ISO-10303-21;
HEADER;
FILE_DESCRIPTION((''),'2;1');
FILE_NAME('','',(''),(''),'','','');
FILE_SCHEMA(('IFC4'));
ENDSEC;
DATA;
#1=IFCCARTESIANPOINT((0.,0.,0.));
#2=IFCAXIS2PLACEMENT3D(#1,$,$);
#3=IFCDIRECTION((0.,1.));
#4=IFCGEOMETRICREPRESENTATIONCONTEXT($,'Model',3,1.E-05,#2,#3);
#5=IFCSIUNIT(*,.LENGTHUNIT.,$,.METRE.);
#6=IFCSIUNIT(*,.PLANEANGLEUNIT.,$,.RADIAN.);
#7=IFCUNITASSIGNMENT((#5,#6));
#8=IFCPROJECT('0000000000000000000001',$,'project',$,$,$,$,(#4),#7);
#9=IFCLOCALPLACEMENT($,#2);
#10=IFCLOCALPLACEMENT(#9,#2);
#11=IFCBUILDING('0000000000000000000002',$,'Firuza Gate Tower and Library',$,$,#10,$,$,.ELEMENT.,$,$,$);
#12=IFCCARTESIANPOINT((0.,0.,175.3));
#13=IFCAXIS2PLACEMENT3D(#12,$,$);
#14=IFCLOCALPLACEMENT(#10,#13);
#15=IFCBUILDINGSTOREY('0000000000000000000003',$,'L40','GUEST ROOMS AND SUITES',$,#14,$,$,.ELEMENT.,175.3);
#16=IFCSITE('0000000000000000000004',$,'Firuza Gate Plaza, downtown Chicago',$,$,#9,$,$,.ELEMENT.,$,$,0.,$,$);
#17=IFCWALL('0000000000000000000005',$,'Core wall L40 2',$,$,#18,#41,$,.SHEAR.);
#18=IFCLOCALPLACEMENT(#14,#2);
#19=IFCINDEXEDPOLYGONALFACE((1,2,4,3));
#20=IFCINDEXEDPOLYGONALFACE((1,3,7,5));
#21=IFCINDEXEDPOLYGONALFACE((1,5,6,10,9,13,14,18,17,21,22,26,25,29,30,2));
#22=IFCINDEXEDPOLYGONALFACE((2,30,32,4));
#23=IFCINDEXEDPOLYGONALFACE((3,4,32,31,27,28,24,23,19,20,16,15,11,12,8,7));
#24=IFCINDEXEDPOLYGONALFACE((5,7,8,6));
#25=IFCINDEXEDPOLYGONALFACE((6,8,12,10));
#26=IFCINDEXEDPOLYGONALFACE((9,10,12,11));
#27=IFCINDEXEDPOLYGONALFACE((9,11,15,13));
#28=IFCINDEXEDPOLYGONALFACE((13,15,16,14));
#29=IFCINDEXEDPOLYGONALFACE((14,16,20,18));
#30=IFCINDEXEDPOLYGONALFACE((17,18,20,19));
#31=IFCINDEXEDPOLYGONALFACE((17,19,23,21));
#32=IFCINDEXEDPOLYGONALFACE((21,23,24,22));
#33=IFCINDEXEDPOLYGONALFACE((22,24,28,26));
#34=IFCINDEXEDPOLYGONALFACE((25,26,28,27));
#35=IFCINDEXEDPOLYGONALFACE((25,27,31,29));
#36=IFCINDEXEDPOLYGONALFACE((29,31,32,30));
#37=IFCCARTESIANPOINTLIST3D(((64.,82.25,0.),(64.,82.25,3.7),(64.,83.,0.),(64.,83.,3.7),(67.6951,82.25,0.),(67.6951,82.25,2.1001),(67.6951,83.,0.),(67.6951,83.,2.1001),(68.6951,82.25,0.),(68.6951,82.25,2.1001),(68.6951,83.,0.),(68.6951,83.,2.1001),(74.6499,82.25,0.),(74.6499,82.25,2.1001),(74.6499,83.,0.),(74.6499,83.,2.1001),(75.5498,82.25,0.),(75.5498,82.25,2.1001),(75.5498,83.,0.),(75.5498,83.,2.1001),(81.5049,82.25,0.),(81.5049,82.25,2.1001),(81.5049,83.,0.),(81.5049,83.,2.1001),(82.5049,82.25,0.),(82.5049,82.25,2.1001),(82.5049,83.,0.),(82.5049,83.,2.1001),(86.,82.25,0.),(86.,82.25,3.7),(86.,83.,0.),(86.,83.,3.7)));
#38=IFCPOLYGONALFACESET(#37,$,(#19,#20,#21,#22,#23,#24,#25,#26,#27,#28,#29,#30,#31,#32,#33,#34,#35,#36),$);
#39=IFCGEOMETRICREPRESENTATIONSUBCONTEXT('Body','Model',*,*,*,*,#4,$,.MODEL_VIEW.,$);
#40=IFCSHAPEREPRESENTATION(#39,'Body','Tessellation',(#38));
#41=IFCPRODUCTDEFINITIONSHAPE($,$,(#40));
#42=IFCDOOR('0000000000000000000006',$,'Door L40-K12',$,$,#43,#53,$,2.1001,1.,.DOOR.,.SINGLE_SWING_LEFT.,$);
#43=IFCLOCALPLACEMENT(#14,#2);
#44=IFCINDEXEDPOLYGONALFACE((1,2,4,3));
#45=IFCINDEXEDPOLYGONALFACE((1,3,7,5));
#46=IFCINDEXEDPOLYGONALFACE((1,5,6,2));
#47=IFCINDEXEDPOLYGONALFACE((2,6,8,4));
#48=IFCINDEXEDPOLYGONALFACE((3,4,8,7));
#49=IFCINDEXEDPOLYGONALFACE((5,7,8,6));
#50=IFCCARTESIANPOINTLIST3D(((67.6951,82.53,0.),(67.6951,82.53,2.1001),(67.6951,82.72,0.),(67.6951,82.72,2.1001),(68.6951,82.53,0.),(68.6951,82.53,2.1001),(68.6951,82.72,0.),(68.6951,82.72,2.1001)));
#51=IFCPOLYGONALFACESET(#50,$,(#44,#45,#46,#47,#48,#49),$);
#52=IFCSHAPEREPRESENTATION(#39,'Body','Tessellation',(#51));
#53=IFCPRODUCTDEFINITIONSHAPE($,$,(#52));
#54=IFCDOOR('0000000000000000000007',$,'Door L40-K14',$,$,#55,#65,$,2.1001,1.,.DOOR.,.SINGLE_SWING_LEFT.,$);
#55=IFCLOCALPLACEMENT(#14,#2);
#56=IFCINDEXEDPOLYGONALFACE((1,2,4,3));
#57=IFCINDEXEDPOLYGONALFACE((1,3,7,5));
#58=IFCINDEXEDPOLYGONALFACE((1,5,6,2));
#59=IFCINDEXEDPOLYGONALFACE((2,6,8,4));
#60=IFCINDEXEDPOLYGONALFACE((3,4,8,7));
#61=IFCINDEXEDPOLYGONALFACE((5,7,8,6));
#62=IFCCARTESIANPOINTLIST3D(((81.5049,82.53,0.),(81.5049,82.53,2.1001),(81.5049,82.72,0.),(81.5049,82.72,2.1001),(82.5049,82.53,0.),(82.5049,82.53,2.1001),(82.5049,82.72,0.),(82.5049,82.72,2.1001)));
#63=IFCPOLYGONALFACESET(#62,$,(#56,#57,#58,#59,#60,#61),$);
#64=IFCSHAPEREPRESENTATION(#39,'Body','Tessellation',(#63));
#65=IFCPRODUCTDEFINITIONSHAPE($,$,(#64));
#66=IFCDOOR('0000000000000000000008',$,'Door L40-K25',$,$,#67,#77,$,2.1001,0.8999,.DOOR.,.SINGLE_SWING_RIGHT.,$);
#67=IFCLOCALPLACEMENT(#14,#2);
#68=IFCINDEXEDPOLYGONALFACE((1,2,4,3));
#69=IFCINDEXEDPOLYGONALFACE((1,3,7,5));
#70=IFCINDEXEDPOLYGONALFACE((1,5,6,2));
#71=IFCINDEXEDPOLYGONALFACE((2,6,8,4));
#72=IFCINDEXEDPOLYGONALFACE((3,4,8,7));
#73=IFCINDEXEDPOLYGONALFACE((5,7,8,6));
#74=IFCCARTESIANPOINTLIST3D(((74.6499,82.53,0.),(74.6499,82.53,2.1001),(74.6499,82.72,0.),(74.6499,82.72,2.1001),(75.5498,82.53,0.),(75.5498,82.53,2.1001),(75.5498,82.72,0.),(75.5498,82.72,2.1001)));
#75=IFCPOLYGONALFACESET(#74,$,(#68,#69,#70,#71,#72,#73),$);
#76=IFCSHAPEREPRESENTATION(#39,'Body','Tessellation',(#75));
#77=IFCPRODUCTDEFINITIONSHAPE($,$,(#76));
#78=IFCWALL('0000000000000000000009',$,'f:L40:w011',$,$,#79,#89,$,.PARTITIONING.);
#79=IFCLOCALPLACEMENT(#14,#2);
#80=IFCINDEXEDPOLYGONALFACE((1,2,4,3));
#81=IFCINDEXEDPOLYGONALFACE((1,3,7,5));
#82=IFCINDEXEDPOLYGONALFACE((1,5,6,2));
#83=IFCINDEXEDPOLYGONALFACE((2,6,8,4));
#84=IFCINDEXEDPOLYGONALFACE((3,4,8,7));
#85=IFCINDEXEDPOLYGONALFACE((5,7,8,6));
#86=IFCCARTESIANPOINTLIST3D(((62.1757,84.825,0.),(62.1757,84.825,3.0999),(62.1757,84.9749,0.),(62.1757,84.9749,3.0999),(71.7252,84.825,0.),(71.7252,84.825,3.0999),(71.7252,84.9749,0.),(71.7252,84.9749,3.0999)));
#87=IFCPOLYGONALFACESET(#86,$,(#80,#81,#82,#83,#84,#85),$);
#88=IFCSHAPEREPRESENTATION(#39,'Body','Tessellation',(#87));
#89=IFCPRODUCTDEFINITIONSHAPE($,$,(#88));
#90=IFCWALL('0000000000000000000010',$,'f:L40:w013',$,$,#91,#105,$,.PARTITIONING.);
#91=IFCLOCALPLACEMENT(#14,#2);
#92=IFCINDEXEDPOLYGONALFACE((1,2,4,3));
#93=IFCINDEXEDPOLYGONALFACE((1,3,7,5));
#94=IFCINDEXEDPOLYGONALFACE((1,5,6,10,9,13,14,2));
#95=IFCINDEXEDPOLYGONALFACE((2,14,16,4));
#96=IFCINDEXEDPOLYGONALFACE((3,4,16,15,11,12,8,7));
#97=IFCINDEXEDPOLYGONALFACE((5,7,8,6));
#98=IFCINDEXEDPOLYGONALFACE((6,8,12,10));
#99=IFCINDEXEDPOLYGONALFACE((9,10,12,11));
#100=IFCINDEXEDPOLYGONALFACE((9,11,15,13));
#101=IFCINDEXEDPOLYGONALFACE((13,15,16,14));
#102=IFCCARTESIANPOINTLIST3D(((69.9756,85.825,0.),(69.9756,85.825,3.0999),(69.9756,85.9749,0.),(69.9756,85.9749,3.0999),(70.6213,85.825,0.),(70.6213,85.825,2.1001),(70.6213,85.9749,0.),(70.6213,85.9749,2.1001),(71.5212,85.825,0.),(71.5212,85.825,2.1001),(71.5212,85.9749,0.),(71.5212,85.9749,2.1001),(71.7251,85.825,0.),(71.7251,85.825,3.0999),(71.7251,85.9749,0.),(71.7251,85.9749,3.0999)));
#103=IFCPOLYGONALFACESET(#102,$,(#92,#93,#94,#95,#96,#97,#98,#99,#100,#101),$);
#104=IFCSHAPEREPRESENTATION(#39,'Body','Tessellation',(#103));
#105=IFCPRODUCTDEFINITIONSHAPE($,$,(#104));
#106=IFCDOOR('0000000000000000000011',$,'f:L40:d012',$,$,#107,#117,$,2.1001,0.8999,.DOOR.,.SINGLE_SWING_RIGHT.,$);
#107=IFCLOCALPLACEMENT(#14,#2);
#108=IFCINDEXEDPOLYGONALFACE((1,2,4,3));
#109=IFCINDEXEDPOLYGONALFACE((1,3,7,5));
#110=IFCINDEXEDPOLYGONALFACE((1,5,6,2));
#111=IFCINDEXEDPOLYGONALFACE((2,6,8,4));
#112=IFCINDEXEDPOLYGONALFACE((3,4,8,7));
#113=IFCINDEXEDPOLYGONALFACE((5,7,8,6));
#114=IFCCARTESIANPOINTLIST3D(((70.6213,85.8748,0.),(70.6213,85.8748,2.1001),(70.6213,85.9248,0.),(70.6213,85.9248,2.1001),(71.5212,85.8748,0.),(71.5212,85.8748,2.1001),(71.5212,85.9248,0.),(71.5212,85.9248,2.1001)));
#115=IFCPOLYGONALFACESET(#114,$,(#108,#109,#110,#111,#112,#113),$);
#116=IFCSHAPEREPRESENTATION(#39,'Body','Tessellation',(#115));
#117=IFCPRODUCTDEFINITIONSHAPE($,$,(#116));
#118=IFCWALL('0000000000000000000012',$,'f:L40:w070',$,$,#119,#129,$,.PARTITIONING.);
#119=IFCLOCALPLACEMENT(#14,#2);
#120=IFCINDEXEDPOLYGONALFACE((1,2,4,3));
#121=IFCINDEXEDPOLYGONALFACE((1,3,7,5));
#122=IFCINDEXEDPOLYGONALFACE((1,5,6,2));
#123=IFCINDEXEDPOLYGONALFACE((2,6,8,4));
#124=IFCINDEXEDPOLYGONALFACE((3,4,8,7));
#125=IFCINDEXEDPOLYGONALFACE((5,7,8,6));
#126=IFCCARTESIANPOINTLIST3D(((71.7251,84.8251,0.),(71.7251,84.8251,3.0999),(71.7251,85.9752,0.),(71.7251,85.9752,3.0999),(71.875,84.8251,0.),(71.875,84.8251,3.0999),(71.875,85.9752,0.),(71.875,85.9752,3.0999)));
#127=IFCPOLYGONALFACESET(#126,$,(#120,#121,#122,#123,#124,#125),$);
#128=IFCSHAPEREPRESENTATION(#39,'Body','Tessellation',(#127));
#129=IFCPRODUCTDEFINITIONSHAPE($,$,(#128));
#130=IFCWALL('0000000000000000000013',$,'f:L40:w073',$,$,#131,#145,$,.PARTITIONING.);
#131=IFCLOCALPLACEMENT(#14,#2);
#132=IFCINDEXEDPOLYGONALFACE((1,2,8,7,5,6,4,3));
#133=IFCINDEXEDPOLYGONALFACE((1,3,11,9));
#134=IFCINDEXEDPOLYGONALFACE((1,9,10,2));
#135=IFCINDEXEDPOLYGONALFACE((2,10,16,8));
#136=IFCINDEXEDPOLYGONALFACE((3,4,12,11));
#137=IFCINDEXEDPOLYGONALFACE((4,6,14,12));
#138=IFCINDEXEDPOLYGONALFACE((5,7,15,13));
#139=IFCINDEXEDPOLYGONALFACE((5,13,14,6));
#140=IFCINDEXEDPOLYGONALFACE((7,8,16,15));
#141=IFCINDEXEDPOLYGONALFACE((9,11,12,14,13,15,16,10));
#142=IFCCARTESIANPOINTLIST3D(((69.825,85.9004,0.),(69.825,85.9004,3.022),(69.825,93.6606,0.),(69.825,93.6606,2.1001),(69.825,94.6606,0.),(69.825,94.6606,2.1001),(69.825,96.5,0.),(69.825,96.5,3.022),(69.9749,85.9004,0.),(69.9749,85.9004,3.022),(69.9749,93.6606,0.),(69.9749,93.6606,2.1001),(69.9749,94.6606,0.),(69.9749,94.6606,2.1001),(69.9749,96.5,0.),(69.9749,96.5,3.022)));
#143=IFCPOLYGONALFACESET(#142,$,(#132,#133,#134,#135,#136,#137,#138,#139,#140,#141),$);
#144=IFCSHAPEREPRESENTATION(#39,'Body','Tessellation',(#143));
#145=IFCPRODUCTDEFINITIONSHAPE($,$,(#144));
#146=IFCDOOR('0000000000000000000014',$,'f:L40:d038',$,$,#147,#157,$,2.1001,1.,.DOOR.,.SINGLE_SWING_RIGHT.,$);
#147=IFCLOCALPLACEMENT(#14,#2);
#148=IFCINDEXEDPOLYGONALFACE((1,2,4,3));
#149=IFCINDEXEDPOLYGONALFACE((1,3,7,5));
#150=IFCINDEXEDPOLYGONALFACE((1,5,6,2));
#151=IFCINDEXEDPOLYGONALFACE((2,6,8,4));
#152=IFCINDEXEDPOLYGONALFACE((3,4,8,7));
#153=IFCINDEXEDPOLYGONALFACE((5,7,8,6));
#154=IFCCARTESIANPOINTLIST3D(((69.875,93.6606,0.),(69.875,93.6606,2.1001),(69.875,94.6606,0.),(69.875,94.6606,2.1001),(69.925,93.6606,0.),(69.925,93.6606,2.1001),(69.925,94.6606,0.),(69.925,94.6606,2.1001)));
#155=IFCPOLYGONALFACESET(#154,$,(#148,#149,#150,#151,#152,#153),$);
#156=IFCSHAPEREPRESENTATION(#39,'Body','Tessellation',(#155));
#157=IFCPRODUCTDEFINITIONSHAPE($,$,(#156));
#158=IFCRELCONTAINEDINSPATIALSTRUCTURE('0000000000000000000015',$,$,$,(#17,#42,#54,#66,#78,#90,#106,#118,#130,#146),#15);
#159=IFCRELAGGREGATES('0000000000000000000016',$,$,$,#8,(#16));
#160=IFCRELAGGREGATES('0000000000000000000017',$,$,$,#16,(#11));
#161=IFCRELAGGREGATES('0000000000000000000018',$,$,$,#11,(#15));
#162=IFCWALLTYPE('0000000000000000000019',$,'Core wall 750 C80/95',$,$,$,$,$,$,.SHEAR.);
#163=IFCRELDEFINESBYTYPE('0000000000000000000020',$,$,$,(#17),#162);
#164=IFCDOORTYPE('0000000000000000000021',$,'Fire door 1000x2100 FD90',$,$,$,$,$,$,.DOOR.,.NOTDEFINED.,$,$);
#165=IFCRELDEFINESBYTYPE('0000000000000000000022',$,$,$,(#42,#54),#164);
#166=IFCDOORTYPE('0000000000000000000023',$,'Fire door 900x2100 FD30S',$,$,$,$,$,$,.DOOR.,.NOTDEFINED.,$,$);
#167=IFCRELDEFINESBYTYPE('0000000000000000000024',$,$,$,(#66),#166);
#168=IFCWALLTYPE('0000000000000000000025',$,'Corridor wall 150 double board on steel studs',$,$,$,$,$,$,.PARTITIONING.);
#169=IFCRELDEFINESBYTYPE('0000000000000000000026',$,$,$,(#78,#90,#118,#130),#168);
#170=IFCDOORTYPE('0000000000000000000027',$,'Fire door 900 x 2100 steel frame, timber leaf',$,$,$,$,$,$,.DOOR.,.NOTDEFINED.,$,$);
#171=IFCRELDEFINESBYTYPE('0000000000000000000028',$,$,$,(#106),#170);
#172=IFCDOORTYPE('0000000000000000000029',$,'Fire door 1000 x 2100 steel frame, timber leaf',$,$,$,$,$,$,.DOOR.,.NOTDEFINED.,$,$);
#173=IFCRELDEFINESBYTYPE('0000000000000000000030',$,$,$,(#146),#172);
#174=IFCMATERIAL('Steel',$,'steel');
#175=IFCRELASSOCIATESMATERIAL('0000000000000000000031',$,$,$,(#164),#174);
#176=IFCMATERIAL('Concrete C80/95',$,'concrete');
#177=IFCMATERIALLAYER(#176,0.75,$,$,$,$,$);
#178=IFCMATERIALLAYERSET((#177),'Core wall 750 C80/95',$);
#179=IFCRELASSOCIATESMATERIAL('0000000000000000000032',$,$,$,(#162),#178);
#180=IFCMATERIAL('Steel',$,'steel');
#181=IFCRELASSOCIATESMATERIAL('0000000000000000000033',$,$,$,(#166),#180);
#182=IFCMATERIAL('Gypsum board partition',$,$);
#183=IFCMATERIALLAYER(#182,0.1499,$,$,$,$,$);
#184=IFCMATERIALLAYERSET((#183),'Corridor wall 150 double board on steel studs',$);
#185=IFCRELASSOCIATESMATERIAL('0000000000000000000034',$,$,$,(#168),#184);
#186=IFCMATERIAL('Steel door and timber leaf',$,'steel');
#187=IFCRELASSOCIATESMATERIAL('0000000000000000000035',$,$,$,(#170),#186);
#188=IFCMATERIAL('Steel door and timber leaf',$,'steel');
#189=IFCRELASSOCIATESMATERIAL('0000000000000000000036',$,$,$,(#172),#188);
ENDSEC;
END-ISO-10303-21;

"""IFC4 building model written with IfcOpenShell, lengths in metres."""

from ifc_helpers import new_model, si_unit, direction, frame, frame_2d, origin, place, context, subcontext, project, spatial, rectangle, extrude, material, layer, layer_set, type_object, element, fill, save


model = new_model("IFC4")

# Units and contexts
model_context = context("Model", 3, precision=1e-05, world=origin(), true_north=direction((0.0, 1.0)))
body_context = subcontext(model_context, "Body", "Model", "MODEL_VIEW")
ifc_project = project(units=[si_unit("LENGTHUNIT", "METRE"), si_unit("PLANEANGLEUNIT", "RADIAN")], contexts=[model_context])

# Site, building, storey
site_placement = place(None, origin())
site = spatial("IfcSite", under=ifc_project, at=site_placement, Name="Firuza Gate Plaza, downtown Chicago", CompositionType="ELEMENT", RefElevation=0.0)
building_placement = place(site_placement, origin())
building = spatial("IfcBuilding", under=site, at=building_placement, Name="Firuza Gate Tower and Library", CompositionType="ELEMENT")
storey_placement = place(building_placement, frame((0.0, 0.0, 175.3)))
storey = spatial("IfcBuildingStorey", under=building, at=storey_placement, Name="L40", Description="GUEST ROOMS AND SUITES", CompositionType="ELEMENT", Elevation=175.3)

# Shared definitions
ifc_material_1 = material(Name="Steel", Category="steel")
door_type_1 = type_object("IfcDoorType", Name="Fire door 1000x2100 FD90", OperationType="NOTDEFINED", PredefinedType="DOOR", material=ifc_material_1)

# Wall, openings, doors
ifc_material_2 = material(Name="Concrete C80/95", Category="concrete")
ifc_layer_1 = layer(ifc_material_2, 0.75)
ifc_layer_set_1 = layer_set([ifc_layer_1], Name="Core wall 750 C80/95")
wall_type_1 = type_object("IfcWallType", Name="Core wall 750 C80/95", PredefinedType="SHEAR", material=ifc_layer_set_1)
wall_1_placement = place(storey_placement, frame((64.0, 82.625, 0.0), z_axis=(0.0, 0.0, 1.0), x_axis=(1.0, 0.0, 0.0)))
wall_1 = element("IfcWall", 1, at=wall_1_placement, inside=storey, type_object=wall_type_1, Name="Core wall L40 2", PredefinedType="SHEAR", context=body_context, shape_type="SweptSolid", body=[
    extrude(rectangle(XDim=22.0, YDim=0.75, at=frame_2d((11.0, 0.0))), origin(), (0.0, 0.0, 1.0), 3.7),
])
opening_1_placement = place(wall_1_placement, frame((3.6951, 0.0, 0.0)))
opening_1 = element("IfcOpeningElement", 2, at=opening_1_placement, cuts=wall_1, PredefinedType="OPENING", context=body_context, shape_type="SweptSolid", body=[
    extrude(rectangle(XDim=1.0, YDim=2.1001, at=frame_2d((0.5, 1.05))), frame((0.0, 0.385, 0.0), z_axis=(0.0, -1.0, 0.0), x_axis=(1.0, 0.0, 0.0)), (0.0, 0.0, 1.0), 0.77),
])
opening_2_placement = place(wall_1_placement, frame((17.5049, 0.0, 0.0)))
opening_2 = element("IfcOpeningElement", 3, at=opening_2_placement, cuts=wall_1, PredefinedType="OPENING", context=body_context, shape_type="SweptSolid", body=[
    extrude(rectangle(XDim=1.0, YDim=2.1001, at=frame_2d((0.5, 1.05))), frame((0.0, 0.385, 0.0), z_axis=(0.0, -1.0, 0.0), x_axis=(1.0, 0.0, 0.0)), (0.0, 0.0, 1.0), 0.77),
])
opening_3_placement = place(wall_1_placement, frame((10.6499, 0.0, 0.0)))
opening_3 = element("IfcOpeningElement", 4, at=opening_3_placement, cuts=wall_1, PredefinedType="OPENING", context=body_context, shape_type="SweptSolid", body=[
    extrude(rectangle(XDim=0.8999, YDim=2.1001, at=frame_2d((0.45, 1.05))), frame((0.0, 0.385, 0.0), z_axis=(0.0, -1.0, 0.0), x_axis=(1.0, 0.0, 0.0)), (0.0, 0.0, 1.0), 0.77),
])
door_1_placement = place(opening_1_placement, origin())
door_1 = element("IfcDoor", 5, at=door_1_placement, inside=storey, type_object=door_type_1, Name="Door L40-K12", OperationType="SINGLE_SWING_LEFT", OverallHeight=2.1001, OverallWidth=1.0, PredefinedType="DOOR", context=body_context, shape_type="SweptSolid", body=[
    extrude(rectangle(XDim=1.0, YDim=2.1001, at=frame_2d((0.5, 1.05))), frame((0.0, 0.095, 0.0), z_axis=(0.0, -1.0, 0.0), x_axis=(1.0, 0.0, 0.0)), (0.0, 0.0, 1.0), 0.1899),
])
fill(opening_1, door_1)
door_2_placement = place(opening_2_placement, origin())
door_2 = element("IfcDoor", 6, at=door_2_placement, inside=storey, type_object=door_type_1, Name="Door L40-K14", OperationType="SINGLE_SWING_LEFT", OverallHeight=2.1001, OverallWidth=1.0, PredefinedType="DOOR", context=body_context, shape_type="SweptSolid", body=[
    extrude(rectangle(XDim=1.0, YDim=2.1001, at=frame_2d((0.5, 1.05))), frame((0.0, 0.095, 0.0), z_axis=(0.0, -1.0, 0.0), x_axis=(1.0, 0.0, 0.0)), (0.0, 0.0, 1.0), 0.1899),
])
fill(opening_2, door_2)
ifc_material_3 = material(Name="Steel", Category="steel")
door_type_2 = type_object("IfcDoorType", Name="Fire door 900x2100 FD30S", OperationType="NOTDEFINED", PredefinedType="DOOR", material=ifc_material_3)
door_3_placement = place(opening_3_placement, origin())
door_3 = element("IfcDoor", 7, at=door_3_placement, inside=storey, type_object=door_type_2, Name="Door L40-K25", OperationType="SINGLE_SWING_RIGHT", OverallHeight=2.1001, OverallWidth=0.8999, PredefinedType="DOOR", context=body_context, shape_type="SweptSolid", body=[
    extrude(rectangle(XDim=0.8999, YDim=2.1001, at=frame_2d((0.45, 1.05))), frame((0.0, 0.095, 0.0), z_axis=(0.0, -1.0, 0.0), x_axis=(1.0, 0.0, 0.0)), (0.0, 0.0, 1.0), 0.1899),
])
fill(opening_3, door_3)

# Wall
ifc_material_4 = material(Name="Gypsum board partition")
ifc_layer_2 = layer(ifc_material_4, 0.1499)
ifc_layer_set_2 = layer_set([ifc_layer_2], Name="Corridor wall 150 double board on steel studs")
wall_type_2 = type_object("IfcWallType", Name="Corridor wall 150 double board on steel studs", PredefinedType="PARTITIONING", material=ifc_layer_set_2)
wall_2_placement = place(storey_placement, frame((62.1755, 84.8999, 0.0), z_axis=(0.0, 0.0, 1.0), x_axis=(1.0, 0.0, 0.0)))
element("IfcWall", 8, at=wall_2_placement, inside=storey, type_object=wall_type_2, Name="f:L40:w011", PredefinedType="PARTITIONING", context=body_context, shape_type="SweptSolid", body=[
    extrude(rectangle(XDim=9.5496, YDim=0.1499, at=frame_2d((4.7749, 0.0))), origin(), (0.0, 0.0, 1.0), 3.0999),
])

# Wall, opening, door
wall_3_placement = place(storey_placement, frame((69.9756, 85.8999, 0.0), z_axis=(0.0, 0.0, 1.0), x_axis=(1.0, 0.0, 0.0)))
wall_3 = element("IfcWall", 9, at=wall_3_placement, inside=storey, type_object=wall_type_2, Name="f:L40:w013", PredefinedType="PARTITIONING", context=body_context, shape_type="SweptSolid", body=[
    extrude(rectangle(XDim=1.7495, YDim=0.1499, at=frame_2d((0.8748, 0.0))), origin(), (0.0, 0.0, 1.0), 3.0999),
])
opening_4_placement = place(wall_3_placement, frame((0.6458, 0.0, 0.0)))
opening_4 = element("IfcOpeningElement", 10, at=opening_4_placement, cuts=wall_3, PredefinedType="OPENING", context=body_context, shape_type="SweptSolid", body=[
    extrude(rectangle(XDim=0.8999, YDim=2.1001, at=frame_2d((0.45, 1.05))), frame((0.0, 0.085, 0.0), z_axis=(0.0, -1.0, 0.0), x_axis=(1.0, 0.0, 0.0)), (0.0, 0.0, 1.0), 0.1699),
])
ifc_material_5 = material(Name="Steel door and timber leaf", Category="steel")
door_type_3 = type_object("IfcDoorType", Name="Fire door 900 x 2100 steel frame, timber leaf", OperationType="NOTDEFINED", PredefinedType="DOOR", material=ifc_material_5)
door_4_placement = place(opening_4_placement, origin())
door_4 = element("IfcDoor", 11, at=door_4_placement, inside=storey, type_object=door_type_3, Name="f:L40:d012", OperationType="SINGLE_SWING_RIGHT", OverallHeight=2.1001, OverallWidth=0.8999, PredefinedType="DOOR", context=body_context, shape_type="SweptSolid", body=[
    extrude(rectangle(XDim=0.8999, YDim=2.1001, at=frame_2d((0.45, 1.05))), frame((0.0, 0.0249, 0.0), z_axis=(0.0, -1.0, 0.0), x_axis=(1.0, 0.0, 0.0)), (0.0, 0.0, 1.0), 0.05),
])
fill(opening_4, door_4)

# Wall
wall_4_placement = place(storey_placement, frame((71.8, 84.825, 0.0), z_axis=(0.0, 0.0, 1.0), x_axis=(0.0, 1.0, 0.0)))
element("IfcWall", 12, at=wall_4_placement, inside=storey, type_object=wall_type_2, Name="f:L40:w070", PredefinedType="PARTITIONING", context=body_context, shape_type="SweptSolid", body=[
    extrude(rectangle(XDim=1.1501, YDim=0.1499, at=frame_2d((0.5752, 0.0))), origin(), (0.0, 0.0, 1.0), 3.0999),
])

# Wall, opening, door
wall_5_placement = place(storey_placement, frame((69.8999, 85.9004, 0.0), z_axis=(0.0, 0.0, 1.0), x_axis=(0.0, 1.0, 0.0)))
wall_5 = element("IfcWall", 13, at=wall_5_placement, inside=storey, type_object=wall_type_2, Name="f:L40:w073", PredefinedType="PARTITIONING", context=body_context, shape_type="SweptSolid", body=[
    extrude(rectangle(XDim=10.5996, YDim=0.1499, at=frame_2d((5.2998, 0.0))), origin(), (0.0, 0.0, 1.0), 3.022),
])
opening_5_placement = place(wall_5_placement, frame((7.7603, 0.0, 0.0)))
opening_5 = element("IfcOpeningElement", 14, at=opening_5_placement, cuts=wall_5, PredefinedType="OPENING", context=body_context, shape_type="SweptSolid", body=[
    extrude(rectangle(XDim=1.0, YDim=2.1001, at=frame_2d((0.5, 1.05))), frame((0.0, 0.085, 0.0), z_axis=(0.0, -1.0, 0.0), x_axis=(1.0, 0.0, 0.0)), (0.0, 0.0, 1.0), 0.1699),
])
ifc_material_6 = material(Name="Steel door and timber leaf", Category="steel")
door_type_4 = type_object("IfcDoorType", Name="Fire door 1000 x 2100 steel frame, timber leaf", OperationType="NOTDEFINED", PredefinedType="DOOR", material=ifc_material_6)
door_5_placement = place(opening_5_placement, origin())
door_5 = element("IfcDoor", 15, at=door_5_placement, inside=storey, type_object=door_type_4, Name="f:L40:d038", OperationType="SINGLE_SWING_RIGHT", OverallHeight=2.1001, OverallWidth=1.0, PredefinedType="DOOR", context=body_context, shape_type="SweptSolid", body=[
    extrude(rectangle(XDim=1.0, YDim=2.1001, at=frame_2d((0.5, 1.05))), frame((0.0, 0.0249, 0.0), z_axis=(0.0, -1.0, 0.0), x_axis=(1.0, 0.0, 0.0)), (0.0, 0.0, 1.0), 0.05),
])
fill(opening_5, door_5)

save(model, "model.ifc")
